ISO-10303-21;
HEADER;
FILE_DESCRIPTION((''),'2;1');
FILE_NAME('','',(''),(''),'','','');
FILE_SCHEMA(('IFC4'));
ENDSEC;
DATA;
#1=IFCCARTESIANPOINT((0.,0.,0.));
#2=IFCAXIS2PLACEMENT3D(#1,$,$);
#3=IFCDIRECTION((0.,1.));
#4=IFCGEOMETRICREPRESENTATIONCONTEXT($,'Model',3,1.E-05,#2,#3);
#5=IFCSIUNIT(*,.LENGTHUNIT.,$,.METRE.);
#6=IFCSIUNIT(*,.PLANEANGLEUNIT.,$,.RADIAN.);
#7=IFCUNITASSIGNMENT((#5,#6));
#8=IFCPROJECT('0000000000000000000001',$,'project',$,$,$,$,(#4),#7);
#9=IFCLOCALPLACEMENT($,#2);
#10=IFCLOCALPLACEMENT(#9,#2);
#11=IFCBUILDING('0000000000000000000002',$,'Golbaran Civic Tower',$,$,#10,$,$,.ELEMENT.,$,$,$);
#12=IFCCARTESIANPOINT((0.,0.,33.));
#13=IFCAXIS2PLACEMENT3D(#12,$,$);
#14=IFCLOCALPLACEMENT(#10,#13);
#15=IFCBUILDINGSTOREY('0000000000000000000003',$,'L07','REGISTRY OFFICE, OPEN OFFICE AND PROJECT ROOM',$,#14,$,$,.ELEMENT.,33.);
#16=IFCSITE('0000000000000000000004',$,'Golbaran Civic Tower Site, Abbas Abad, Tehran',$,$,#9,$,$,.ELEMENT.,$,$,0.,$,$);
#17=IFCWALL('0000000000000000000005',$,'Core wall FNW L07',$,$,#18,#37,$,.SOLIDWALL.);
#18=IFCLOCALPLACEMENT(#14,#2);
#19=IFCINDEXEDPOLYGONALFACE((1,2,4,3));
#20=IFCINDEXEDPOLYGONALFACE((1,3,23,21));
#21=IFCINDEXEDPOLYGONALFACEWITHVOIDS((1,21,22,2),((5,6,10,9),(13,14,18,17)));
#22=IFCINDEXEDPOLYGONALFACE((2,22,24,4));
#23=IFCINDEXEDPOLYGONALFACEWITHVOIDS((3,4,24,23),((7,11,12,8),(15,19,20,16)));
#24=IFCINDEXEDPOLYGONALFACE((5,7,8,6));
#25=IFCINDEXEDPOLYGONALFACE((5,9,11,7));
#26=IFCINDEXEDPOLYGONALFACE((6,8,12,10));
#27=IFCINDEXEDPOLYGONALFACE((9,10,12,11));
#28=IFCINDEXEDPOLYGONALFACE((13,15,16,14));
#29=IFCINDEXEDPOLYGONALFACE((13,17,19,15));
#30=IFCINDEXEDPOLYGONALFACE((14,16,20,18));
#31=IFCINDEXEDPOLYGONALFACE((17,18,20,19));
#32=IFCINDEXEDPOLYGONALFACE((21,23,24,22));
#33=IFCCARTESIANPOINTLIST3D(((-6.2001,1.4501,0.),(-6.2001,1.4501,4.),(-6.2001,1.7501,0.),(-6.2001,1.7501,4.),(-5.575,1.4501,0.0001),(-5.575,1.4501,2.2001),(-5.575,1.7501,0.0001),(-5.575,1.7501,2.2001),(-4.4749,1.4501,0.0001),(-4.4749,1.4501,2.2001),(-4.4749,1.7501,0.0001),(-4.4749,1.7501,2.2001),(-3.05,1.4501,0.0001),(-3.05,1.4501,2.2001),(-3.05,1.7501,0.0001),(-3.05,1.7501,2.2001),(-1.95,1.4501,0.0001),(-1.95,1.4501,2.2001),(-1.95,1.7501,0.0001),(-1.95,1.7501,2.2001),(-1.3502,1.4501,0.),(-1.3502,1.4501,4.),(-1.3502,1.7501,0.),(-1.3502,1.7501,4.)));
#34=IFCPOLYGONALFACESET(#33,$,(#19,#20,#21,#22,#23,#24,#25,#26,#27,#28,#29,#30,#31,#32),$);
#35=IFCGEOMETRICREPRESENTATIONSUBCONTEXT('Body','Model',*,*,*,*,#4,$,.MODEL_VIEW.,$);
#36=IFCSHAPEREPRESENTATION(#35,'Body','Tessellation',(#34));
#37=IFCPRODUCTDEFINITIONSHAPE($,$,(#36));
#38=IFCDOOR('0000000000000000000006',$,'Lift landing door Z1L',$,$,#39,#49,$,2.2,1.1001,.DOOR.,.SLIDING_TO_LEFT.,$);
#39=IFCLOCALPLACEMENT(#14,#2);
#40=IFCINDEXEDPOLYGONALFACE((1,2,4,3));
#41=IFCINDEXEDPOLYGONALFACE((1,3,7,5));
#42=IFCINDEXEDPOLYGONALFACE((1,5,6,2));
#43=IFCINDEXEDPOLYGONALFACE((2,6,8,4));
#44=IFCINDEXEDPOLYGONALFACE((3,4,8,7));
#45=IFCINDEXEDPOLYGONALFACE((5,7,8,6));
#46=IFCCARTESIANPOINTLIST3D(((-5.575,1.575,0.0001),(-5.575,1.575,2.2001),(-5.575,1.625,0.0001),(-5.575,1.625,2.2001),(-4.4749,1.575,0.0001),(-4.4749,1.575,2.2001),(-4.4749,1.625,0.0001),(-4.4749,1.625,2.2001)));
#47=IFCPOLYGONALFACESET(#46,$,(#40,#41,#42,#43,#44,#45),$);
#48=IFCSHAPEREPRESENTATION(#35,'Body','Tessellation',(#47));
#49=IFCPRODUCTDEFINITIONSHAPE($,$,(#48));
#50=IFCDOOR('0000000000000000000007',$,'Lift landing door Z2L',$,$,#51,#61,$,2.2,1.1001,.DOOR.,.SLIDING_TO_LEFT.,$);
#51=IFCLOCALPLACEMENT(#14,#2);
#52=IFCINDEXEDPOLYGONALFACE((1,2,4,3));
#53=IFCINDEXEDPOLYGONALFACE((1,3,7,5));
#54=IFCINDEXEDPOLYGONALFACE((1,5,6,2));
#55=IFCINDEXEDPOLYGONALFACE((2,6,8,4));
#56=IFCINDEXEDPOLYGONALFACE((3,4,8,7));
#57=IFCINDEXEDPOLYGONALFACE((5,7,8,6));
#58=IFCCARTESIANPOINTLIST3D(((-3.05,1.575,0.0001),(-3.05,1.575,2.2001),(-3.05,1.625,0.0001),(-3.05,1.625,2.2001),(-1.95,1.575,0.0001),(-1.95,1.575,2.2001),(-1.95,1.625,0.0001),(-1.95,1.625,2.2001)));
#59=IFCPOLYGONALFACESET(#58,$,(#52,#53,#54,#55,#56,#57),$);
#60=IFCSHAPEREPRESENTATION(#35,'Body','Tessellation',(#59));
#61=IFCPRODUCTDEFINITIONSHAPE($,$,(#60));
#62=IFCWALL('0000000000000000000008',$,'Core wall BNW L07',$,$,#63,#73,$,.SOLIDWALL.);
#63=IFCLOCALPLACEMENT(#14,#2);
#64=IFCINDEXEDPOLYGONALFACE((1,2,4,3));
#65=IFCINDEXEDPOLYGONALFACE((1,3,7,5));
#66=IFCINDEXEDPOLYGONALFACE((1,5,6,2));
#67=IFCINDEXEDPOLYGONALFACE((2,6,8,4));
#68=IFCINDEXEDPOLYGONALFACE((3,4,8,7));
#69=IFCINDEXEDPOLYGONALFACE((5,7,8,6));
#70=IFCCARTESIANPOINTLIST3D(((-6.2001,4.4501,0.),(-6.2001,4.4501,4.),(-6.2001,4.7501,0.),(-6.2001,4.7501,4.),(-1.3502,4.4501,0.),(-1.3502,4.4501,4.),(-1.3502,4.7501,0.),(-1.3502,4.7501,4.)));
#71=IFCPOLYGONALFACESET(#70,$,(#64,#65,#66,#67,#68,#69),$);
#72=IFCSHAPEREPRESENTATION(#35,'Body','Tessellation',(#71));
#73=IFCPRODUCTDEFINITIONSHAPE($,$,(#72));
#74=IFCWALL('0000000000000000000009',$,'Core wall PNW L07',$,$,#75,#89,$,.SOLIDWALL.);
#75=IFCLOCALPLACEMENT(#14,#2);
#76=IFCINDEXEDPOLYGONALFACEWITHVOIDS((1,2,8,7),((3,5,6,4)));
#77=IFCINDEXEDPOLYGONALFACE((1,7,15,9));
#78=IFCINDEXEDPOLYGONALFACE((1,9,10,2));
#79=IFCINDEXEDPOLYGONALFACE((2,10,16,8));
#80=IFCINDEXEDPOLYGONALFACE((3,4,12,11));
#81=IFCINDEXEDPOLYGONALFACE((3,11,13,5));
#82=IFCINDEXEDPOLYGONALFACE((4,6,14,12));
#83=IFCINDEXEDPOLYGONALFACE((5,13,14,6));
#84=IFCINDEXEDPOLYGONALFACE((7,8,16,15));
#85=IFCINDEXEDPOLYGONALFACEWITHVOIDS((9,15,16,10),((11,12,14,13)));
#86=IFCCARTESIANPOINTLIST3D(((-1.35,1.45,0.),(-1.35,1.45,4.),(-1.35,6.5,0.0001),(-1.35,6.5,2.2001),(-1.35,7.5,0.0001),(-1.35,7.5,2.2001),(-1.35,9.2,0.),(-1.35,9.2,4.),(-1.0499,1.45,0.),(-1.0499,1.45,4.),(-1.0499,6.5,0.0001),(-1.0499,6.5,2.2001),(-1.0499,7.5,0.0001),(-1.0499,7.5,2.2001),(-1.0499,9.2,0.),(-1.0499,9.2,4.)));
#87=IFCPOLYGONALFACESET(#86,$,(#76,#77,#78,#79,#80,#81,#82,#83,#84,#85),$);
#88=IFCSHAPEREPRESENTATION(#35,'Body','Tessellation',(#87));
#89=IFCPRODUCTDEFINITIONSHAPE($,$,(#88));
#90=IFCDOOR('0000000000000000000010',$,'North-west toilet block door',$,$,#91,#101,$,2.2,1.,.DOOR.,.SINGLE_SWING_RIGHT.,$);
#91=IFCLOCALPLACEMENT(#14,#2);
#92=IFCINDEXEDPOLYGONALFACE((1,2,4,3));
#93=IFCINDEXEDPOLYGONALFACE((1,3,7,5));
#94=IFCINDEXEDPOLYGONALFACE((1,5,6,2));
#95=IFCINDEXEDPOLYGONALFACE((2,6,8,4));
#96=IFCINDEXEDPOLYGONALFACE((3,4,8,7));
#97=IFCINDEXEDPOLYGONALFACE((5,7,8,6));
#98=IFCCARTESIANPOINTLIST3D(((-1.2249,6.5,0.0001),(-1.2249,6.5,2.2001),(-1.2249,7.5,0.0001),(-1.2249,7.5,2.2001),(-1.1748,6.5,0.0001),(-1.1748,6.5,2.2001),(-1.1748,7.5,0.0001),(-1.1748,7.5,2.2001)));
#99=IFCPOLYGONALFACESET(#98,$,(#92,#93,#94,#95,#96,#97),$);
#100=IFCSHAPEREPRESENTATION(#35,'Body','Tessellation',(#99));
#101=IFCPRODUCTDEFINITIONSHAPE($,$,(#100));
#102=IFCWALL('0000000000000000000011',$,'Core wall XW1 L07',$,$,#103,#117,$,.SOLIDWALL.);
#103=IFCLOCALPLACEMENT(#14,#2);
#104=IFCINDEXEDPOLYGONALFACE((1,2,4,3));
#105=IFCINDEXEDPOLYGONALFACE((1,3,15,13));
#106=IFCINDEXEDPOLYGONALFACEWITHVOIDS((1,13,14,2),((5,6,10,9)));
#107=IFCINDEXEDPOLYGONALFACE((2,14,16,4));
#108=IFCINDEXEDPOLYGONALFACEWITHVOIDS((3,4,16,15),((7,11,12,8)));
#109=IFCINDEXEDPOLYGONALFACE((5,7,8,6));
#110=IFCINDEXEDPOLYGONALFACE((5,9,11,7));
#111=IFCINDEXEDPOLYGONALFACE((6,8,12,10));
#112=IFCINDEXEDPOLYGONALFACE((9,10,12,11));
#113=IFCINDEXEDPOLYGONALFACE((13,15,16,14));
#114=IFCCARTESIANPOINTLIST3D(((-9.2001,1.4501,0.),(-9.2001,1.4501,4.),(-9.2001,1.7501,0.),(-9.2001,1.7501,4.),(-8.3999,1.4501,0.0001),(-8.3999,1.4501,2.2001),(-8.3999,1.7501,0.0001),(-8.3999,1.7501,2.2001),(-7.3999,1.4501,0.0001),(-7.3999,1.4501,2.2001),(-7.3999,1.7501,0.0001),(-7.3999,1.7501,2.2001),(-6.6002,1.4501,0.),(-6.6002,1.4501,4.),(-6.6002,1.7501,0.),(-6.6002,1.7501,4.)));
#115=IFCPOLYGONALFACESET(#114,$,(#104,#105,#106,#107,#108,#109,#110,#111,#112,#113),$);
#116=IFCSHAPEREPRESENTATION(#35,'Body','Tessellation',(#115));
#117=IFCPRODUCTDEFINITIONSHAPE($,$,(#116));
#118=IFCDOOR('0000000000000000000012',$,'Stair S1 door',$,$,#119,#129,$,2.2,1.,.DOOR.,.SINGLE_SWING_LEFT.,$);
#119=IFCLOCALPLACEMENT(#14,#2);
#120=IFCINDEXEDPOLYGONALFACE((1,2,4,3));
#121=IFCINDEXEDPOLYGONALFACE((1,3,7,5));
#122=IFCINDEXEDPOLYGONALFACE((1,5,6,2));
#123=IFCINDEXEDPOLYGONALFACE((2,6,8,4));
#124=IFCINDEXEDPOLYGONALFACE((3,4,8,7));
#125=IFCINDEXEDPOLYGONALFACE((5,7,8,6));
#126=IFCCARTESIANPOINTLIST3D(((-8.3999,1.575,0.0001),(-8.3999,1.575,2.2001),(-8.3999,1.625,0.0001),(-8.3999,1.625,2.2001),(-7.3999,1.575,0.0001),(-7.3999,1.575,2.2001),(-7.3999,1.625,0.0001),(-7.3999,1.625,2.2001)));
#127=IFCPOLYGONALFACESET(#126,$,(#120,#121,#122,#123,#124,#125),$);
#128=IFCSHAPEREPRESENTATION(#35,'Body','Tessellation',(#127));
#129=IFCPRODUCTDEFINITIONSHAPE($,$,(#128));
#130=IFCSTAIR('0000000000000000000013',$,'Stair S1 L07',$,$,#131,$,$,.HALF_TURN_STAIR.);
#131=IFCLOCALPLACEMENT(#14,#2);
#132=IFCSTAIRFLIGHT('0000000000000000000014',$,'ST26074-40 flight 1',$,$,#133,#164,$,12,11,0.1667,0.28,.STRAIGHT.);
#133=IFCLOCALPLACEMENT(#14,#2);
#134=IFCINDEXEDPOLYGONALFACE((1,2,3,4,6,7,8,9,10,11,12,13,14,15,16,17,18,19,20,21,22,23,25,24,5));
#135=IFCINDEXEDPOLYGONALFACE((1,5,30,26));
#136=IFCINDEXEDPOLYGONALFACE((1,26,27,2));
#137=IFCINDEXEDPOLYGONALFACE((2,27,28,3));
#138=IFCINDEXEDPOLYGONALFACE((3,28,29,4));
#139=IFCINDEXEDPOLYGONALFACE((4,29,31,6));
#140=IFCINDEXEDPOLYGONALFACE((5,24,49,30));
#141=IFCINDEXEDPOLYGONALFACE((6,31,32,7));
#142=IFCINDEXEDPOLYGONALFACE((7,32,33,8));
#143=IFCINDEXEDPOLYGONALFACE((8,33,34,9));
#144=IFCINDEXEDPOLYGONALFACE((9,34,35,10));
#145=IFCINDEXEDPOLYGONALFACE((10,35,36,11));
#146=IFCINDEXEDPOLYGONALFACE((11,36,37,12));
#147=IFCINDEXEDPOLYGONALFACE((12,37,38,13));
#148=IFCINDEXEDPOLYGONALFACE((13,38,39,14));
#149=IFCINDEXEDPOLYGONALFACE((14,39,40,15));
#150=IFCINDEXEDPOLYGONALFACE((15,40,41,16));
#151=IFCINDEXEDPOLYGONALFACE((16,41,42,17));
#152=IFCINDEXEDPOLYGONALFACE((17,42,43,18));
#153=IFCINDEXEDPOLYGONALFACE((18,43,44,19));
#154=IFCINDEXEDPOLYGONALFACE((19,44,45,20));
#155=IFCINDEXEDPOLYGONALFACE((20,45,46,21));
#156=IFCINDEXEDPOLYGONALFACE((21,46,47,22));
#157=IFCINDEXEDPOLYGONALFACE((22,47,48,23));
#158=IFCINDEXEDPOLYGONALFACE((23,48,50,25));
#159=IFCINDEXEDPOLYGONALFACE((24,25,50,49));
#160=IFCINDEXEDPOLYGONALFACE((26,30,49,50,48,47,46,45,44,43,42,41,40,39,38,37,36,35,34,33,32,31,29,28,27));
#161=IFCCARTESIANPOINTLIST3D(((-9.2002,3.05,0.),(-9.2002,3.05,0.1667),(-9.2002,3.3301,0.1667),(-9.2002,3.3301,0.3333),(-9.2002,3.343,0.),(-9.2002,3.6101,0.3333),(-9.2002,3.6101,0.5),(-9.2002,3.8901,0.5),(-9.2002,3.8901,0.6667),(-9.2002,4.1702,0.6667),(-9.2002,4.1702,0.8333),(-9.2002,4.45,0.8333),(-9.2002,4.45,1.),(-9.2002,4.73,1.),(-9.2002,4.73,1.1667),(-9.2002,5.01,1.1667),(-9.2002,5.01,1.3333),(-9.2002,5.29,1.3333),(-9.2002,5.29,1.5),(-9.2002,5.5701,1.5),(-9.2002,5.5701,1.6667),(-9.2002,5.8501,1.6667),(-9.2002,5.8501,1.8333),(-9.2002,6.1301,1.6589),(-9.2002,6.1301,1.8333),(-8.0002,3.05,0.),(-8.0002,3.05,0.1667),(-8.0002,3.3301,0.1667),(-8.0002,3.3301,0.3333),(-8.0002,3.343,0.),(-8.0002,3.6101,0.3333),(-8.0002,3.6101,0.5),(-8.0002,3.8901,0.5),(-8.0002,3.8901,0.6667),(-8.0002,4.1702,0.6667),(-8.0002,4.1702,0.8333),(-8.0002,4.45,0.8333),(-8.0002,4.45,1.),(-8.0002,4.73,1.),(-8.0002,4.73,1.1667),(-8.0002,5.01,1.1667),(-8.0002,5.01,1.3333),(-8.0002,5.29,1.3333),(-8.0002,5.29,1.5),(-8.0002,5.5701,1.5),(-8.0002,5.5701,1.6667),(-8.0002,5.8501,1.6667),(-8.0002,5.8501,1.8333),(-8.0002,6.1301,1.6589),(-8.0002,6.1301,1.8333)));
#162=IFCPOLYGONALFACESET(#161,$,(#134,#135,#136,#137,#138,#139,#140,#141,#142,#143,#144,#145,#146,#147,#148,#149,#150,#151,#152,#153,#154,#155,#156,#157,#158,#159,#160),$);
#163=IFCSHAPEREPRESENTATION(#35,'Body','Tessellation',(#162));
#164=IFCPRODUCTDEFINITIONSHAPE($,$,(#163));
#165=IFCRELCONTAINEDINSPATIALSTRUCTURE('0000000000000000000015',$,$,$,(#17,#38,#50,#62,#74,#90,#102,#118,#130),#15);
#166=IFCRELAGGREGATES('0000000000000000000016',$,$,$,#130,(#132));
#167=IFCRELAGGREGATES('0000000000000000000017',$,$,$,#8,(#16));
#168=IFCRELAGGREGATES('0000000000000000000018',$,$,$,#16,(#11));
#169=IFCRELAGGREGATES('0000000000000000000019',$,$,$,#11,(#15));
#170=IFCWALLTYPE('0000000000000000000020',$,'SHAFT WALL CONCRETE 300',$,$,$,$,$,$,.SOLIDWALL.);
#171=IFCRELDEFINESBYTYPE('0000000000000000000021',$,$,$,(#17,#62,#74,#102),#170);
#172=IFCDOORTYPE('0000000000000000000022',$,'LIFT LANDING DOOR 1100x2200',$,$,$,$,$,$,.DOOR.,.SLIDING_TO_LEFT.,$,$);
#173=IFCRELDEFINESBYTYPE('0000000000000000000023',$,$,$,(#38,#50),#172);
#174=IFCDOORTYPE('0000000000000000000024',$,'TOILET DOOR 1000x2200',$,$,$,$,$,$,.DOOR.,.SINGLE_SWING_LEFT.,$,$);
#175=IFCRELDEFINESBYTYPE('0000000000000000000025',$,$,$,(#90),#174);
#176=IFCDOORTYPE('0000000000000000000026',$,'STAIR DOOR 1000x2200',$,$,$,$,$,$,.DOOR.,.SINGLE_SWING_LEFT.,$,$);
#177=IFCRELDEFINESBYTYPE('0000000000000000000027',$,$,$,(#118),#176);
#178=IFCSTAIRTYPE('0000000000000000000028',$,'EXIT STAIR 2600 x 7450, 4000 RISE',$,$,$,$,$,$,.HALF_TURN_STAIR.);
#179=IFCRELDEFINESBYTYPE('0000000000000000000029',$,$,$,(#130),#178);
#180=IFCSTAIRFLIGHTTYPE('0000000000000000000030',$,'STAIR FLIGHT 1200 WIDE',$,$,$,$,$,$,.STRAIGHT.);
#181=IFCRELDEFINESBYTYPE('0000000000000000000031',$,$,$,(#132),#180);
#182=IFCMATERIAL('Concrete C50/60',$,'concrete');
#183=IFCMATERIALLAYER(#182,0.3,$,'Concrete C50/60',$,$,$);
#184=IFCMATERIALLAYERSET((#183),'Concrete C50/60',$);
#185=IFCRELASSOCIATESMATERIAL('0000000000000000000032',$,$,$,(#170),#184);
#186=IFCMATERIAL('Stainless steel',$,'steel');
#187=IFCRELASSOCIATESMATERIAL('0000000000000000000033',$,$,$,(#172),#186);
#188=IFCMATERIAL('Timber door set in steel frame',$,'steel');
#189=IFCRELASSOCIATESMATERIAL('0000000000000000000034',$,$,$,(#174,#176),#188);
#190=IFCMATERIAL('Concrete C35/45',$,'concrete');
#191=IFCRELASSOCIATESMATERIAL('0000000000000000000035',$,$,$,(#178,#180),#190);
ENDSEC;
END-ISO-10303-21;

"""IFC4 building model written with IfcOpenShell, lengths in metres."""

from ifc_helpers import new_model, si_unit, direction, frame, frame_2d, origin, place, context, subcontext, project, spatial, polyline, rectangle, outline, extrude, material, layer, layer_set, type_object, element, fill, aggregate, save


model = new_model("IFC4")

# Units and contexts
model_context = context("Model", 3, precision=1e-05, world=origin(), true_north=direction((0.0, 1.0)))
body_context = subcontext(model_context, "Body", "Model", "MODEL_VIEW")
ifc_project = project(units=[si_unit("LENGTHUNIT", "METRE"), si_unit("PLANEANGLEUNIT", "RADIAN")], contexts=[model_context])

# Site, building, storey
site_placement = place(None, origin())
site = spatial("IfcSite", under=ifc_project, at=site_placement, Name="Golbaran Civic Tower Site, Abbas Abad, Tehran", CompositionType="ELEMENT", RefElevation=0.0)
building_placement = place(site_placement, origin())
building = spatial("IfcBuilding", under=site, at=building_placement, Name="Golbaran Civic Tower", CompositionType="ELEMENT")
storey_placement = place(building_placement, frame((0.0, 0.0, 33.0)))
storey = spatial("IfcBuildingStorey", under=building, at=storey_placement, Name="L07", Description="REGISTRY OFFICE, OPEN OFFICE AND PROJECT ROOM", CompositionType="ELEMENT", Elevation=33.0)

# Shared definitions
ifc_material_1 = material(Name="Concrete C35/45", Category="concrete")

# Wall, openings, doors
ifc_material_2 = material(Name="Concrete C50/60", Category="concrete")
ifc_layer_1 = layer(ifc_material_2, 0.3, Name="Concrete C50/60")
ifc_layer_set_1 = layer_set([ifc_layer_1], Name="Concrete C50/60")
wall_type_1 = type_object("IfcWallType", Name="SHAFT WALL CONCRETE 300", PredefinedType="SOLIDWALL", material=ifc_layer_set_1)
wall_1_placement = place(storey_placement, frame((-6.2, 1.6001, 0.0), z_axis=(0.0, 0.0, 1.0), x_axis=(1.0, 0.0, 0.0)))
wall_1 = element("IfcWall", 1, at=wall_1_placement, inside=storey, type_object=wall_type_1, Name="Core wall FNW L07", PredefinedType="SOLIDWALL", context=body_context, shape_type="SweptSolid", body=[
    extrude(rectangle(XDim=4.8499, YDim=0.3, at=frame_2d((2.4248, 0.0))), origin(), (0.0, 0.0, 1.0), 4.0),
])
opening_1_placement = place(wall_1_placement, frame((0.625, 0.0, 0.0)))
opening_1 = element("IfcOpeningElement", 2, at=opening_1_placement, cuts=wall_1, PredefinedType="OPENING", context=body_context, shape_type="SweptSolid", body=[
    extrude(rectangle(XDim=1.1001, YDim=2.2, at=frame_2d((0.55, 1.1001))), frame((0.0, 0.1599, 0.0), z_axis=(0.0, -1.0, 0.0), x_axis=(1.0, 0.0, 0.0)), (0.0, 0.0, 1.0), 0.3201),
])
opening_2_placement = place(wall_1_placement, frame((3.1499, 0.0, 0.0)))
opening_2 = element("IfcOpeningElement", 3, at=opening_2_placement, cuts=wall_1, PredefinedType="OPENING", context=body_context, shape_type="SweptSolid", body=[
    extrude(rectangle(XDim=1.1001, YDim=2.2, at=frame_2d((0.55, 1.1001))), frame((0.0, 0.1599, 0.0), z_axis=(0.0, -1.0, 0.0), x_axis=(1.0, 0.0, 0.0)), (0.0, 0.0, 1.0), 0.3201),
])
ifc_material_3 = material(Name="Stainless steel", Category="steel")
door_type_1 = type_object("IfcDoorType", Name="LIFT LANDING DOOR 1100x2200", OperationType="SLIDING_TO_LEFT", PredefinedType="DOOR", material=ifc_material_3)
door_1_placement = place(opening_1_placement, origin())
door_1 = element("IfcDoor", 4, at=door_1_placement, inside=storey, type_object=door_type_1, Name="Lift landing door Z1L", OperationType="SLIDING_TO_LEFT", OverallHeight=2.2, OverallWidth=1.1001, PredefinedType="DOOR", context=body_context, shape_type="SweptSolid", body=[
    extrude(rectangle(XDim=1.1001, YDim=2.2, at=frame_2d((0.55, 1.1001))), frame((0.0, 0.0249, 0.0), z_axis=(0.0, -1.0, 0.0), x_axis=(1.0, 0.0, 0.0)), (0.0, 0.0, 1.0), 0.05),
])
fill(opening_1, door_1)
door_2_placement = place(opening_2_placement, origin())
door_2 = element("IfcDoor", 5, at=door_2_placement, inside=storey, type_object=door_type_1, Name="Lift landing door Z2L", OperationType="SLIDING_TO_LEFT", OverallHeight=2.2, OverallWidth=1.1001, PredefinedType="DOOR", context=body_context, shape_type="SweptSolid", body=[
    extrude(rectangle(XDim=1.1001, YDim=2.2, at=frame_2d((0.55, 1.1001))), frame((0.0, 0.0249, 0.0), z_axis=(0.0, -1.0, 0.0), x_axis=(1.0, 0.0, 0.0)), (0.0, 0.0, 1.0), 0.05),
])
fill(opening_2, door_2)

# Wall
wall_2_placement = place(storey_placement, frame((-6.2, 4.6001, 0.0), z_axis=(0.0, 0.0, 1.0), x_axis=(1.0, 0.0, 0.0)))
element("IfcWall", 6, at=wall_2_placement, inside=storey, type_object=wall_type_1, Name="Core wall BNW L07", PredefinedType="SOLIDWALL", context=body_context, shape_type="SweptSolid", body=[
    extrude(rectangle(XDim=4.8499, YDim=0.3, at=frame_2d((2.4248, 0.0))), origin(), (0.0, 0.0, 1.0), 4.0),
])

# Walls, openings, doors
wall_3_placement = place(storey_placement, frame((-1.2, 1.45, 0.0), z_axis=(0.0, 0.0, 1.0), x_axis=(0.0, 1.0, 0.0)))
wall_3 = element("IfcWall", 7, at=wall_3_placement, inside=storey, type_object=wall_type_1, Name="Core wall PNW L07", PredefinedType="SOLIDWALL", context=body_context, shape_type="SweptSolid", body=[
    extrude(rectangle(XDim=7.75, YDim=0.3, at=frame_2d((3.875, 0.0))), origin(), (0.0, 0.0, 1.0), 4.0),
])
opening_3_placement = place(wall_3_placement, frame((5.05, 0.0, 0.0)))
opening_3 = element("IfcOpeningElement", 8, at=opening_3_placement, cuts=wall_3, PredefinedType="OPENING", context=body_context, shape_type="SweptSolid", body=[
    extrude(rectangle(XDim=1.0, YDim=2.2, at=frame_2d((0.5, 1.1001))), frame((0.0, 0.1599, 0.0), z_axis=(0.0, -1.0, 0.0), x_axis=(1.0, 0.0, 0.0)), (0.0, 0.0, 1.0), 0.3201),
])
ifc_material_4 = material(Name="Timber door set in steel frame", Category="steel")
door_type_2 = type_object("IfcDoorType", Name="TOILET DOOR 1000x2200", OperationType="SINGLE_SWING_LEFT", PredefinedType="DOOR", material=ifc_material_4)
door_3_placement = place(opening_3_placement, origin())
door_3 = element("IfcDoor", 9, at=door_3_placement, inside=storey, type_object=door_type_2, Name="North-west toilet block door", OperationType="SINGLE_SWING_RIGHT", OverallHeight=2.2, OverallWidth=1.0, PredefinedType="DOOR", context=body_context, shape_type="SweptSolid", body=[
    extrude(rectangle(XDim=1.0, YDim=2.2, at=frame_2d((0.5, 1.1001))), frame((0.0, 0.0249, 0.0), z_axis=(0.0, -1.0, 0.0), x_axis=(1.0, 0.0, 0.0)), (0.0, 0.0, 1.0), 0.05),
])
fill(opening_3, door_3)
wall_4_placement = place(storey_placement, frame((-9.2, 1.6001, 0.0), z_axis=(0.0, 0.0, 1.0), x_axis=(1.0, 0.0, 0.0)))
wall_4 = element("IfcWall", 10, at=wall_4_placement, inside=storey, type_object=wall_type_1, Name="Core wall XW1 L07", PredefinedType="SOLIDWALL", context=body_context, shape_type="SweptSolid", body=[
    extrude(rectangle(XDim=2.5999, YDim=0.3, at=frame_2d((1.2998, 0.0))), origin(), (0.0, 0.0, 1.0), 4.0),
])
opening_4_placement = place(wall_4_placement, frame((0.8, 0.0, 0.0)))
opening_4 = element("IfcOpeningElement", 11, at=opening_4_placement, cuts=wall_4, PredefinedType="OPENING", context=body_context, shape_type="SweptSolid", body=[
    extrude(rectangle(XDim=1.0, YDim=2.2, at=frame_2d((0.5, 1.1001))), frame((0.0, 0.1599, 0.0), z_axis=(0.0, -1.0, 0.0), x_axis=(1.0, 0.0, 0.0)), (0.0, 0.0, 1.0), 0.3201),
])
door_type_3 = type_object("IfcDoorType", Name="STAIR DOOR 1000x2200", OperationType="SINGLE_SWING_LEFT", PredefinedType="DOOR", material=ifc_material_4)
door_4_placement = place(opening_4_placement, origin())
door_4 = element("IfcDoor", 12, at=door_4_placement, inside=storey, type_object=door_type_3, Name="Stair S1 door", OperationType="SINGLE_SWING_LEFT", OverallHeight=2.2, OverallWidth=1.0, PredefinedType="DOOR", context=body_context, shape_type="SweptSolid", body=[
    extrude(rectangle(XDim=1.0, YDim=2.2, at=frame_2d((0.5, 1.1001))), frame((0.0, 0.0249, 0.0), z_axis=(0.0, -1.0, 0.0), x_axis=(1.0, 0.0, 0.0)), (0.0, 0.0, 1.0), 0.05),
])
fill(opening_4, door_4)

# Stair, stair flight
stair_type = type_object("IfcStairType", Name="EXIT STAIR 2600 x 7450, 4000 RISE", PredefinedType="HALF_TURN_STAIR", material=ifc_material_1)
stair_placement = place(storey_placement, origin())
stair = element("IfcStair", 13, at=stair_placement, inside=storey, type_object=stair_type, Name="Stair S1 L07", PredefinedType="HALF_TURN_STAIR")
stair_flight_type = type_object("IfcStairFlightType", Name="STAIR FLIGHT 1200 WIDE", PredefinedType="STRAIGHT", material=ifc_material_1)
stair_flight_1_placement = place(storey_placement, frame((-8.6001, 3.05, 0.0), z_axis=(0.0, 0.0, 1.0), x_axis=(0.0, 1.0, 0.0)))
stair_flight_1 = element("IfcStairFlight", 14, at=stair_flight_1_placement, type_object=stair_flight_type, Name="ST26074-40 flight 1", NumberOfRisers=12, NumberOfTreads=11, PredefinedType="STRAIGHT", RiserHeight=0.1667, TreadLength=0.28, context=body_context, shape_type="SweptSolid", body=[
    extrude(outline(polyline([(0.0, 0.0), (0.0, 0.1667), (0.28, 0.1667), (0.28, 0.3333), (0.5601, 0.3333), (0.5601, 0.5), (0.8401, 0.5), (0.8401, 0.6667), (1.1201, 0.6667), (1.1201, 0.8333), (1.3999, 0.8333), (1.3999, 1.0), (1.6799, 1.0), (1.6799, 1.1667), (1.96, 1.1667), (1.96, 1.3333), (2.24, 1.3333), (2.24, 1.5), (2.52, 1.5), (2.52, 1.6667), (2.8, 1.6667), (2.8, 1.8333), (3.0801, 1.8333), (3.0801, 2.0), (3.0801, 1.6589), (0.293, 0.0), (0.0, 0.0)])), frame((0.0, 0.6001, 0.0), z_axis=(0.0, -1.0, 0.0), x_axis=(1.0, 0.0, 0.0)), (0.0, 0.0, 1.0), 1.2),
])
aggregate(stair, [stair_flight_1])

save(model, "model.ifc")
